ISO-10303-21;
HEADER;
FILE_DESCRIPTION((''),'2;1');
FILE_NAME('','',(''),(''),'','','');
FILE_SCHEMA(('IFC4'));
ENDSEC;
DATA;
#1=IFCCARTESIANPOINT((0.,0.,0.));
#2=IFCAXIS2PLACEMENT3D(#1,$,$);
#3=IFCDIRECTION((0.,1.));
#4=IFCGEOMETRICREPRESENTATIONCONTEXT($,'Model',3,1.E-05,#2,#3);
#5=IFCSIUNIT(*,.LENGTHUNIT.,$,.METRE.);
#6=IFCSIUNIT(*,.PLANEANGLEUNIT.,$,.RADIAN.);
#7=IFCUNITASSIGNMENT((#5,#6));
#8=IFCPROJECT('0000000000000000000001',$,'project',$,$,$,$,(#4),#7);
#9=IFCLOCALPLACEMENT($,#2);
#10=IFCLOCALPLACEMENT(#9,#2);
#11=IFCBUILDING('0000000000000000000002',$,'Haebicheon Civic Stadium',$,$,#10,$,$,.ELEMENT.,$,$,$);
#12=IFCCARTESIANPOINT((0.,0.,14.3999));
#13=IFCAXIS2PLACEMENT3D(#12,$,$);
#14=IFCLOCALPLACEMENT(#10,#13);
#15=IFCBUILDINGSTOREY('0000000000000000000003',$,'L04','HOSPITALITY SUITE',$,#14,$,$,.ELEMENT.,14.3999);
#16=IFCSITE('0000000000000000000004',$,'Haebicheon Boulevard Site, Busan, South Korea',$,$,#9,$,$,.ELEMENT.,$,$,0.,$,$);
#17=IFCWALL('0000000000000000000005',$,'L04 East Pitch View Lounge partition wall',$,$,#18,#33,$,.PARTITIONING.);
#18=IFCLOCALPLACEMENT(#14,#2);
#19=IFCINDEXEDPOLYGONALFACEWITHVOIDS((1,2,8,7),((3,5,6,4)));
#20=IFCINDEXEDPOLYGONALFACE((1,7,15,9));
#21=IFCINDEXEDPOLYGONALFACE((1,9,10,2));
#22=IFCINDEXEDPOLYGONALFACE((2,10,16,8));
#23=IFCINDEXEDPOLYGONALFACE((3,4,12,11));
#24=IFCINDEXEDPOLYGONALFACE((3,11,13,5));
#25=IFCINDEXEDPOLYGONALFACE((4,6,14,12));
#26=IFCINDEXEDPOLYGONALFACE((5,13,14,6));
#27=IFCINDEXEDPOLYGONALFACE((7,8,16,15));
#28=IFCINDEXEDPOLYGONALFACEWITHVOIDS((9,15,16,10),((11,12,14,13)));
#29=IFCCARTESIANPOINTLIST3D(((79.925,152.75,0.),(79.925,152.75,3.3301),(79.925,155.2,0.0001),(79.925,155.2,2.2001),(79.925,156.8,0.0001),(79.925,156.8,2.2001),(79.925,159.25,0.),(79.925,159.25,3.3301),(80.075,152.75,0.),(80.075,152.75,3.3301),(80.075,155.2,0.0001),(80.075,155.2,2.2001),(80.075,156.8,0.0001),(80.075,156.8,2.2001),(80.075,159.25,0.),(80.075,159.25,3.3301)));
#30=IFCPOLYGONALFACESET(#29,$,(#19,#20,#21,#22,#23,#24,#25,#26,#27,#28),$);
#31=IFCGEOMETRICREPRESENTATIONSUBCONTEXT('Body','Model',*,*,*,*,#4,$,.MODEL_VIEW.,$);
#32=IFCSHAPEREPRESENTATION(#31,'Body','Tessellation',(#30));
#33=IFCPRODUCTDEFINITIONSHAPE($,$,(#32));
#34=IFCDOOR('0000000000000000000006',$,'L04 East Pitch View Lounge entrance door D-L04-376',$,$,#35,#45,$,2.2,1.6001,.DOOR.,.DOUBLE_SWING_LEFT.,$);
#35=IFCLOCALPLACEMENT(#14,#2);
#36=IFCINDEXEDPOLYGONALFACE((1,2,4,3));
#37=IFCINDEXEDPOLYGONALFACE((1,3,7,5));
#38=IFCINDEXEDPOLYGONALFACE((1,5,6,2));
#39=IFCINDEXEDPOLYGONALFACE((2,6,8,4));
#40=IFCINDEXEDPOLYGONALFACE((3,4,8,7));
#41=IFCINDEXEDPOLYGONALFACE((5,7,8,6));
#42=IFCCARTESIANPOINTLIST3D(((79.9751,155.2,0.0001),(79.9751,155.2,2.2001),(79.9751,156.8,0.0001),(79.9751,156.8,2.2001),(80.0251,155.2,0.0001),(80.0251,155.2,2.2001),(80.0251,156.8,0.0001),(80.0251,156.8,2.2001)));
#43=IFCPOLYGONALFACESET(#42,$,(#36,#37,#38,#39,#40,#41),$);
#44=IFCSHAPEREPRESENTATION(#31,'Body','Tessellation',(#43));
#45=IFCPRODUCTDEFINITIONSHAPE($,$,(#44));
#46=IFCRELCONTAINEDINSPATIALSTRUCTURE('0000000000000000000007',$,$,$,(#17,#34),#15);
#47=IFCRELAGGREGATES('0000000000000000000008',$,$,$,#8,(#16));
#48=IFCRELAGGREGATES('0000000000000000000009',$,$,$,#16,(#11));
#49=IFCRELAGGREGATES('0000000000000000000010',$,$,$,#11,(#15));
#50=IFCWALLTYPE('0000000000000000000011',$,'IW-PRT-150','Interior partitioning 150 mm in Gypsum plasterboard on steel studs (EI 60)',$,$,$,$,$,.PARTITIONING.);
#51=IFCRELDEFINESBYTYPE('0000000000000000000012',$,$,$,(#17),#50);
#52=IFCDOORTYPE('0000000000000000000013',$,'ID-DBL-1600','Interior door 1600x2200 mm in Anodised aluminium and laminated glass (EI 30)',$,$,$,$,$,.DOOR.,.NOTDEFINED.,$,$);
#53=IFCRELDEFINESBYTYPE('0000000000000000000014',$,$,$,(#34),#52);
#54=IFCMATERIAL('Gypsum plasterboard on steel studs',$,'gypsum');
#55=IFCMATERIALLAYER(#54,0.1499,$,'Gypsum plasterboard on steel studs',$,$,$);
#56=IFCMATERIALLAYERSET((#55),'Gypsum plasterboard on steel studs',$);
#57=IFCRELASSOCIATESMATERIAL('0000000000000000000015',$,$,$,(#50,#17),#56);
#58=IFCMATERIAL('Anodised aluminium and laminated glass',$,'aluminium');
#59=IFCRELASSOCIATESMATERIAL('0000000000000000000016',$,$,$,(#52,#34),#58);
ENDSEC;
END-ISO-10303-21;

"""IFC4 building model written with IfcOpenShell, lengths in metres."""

from ifc_helpers import new_model, si_unit, direction, frame, frame_2d, origin, place, context, subcontext, project, spatial, rectangle, extrude, material, layer, layer_set, type_object, element, fill, save


model = new_model("IFC4")

# Units and contexts
model_context = context("Model", 3, precision=1e-05, world=origin(), true_north=direction((0.0, 1.0)))
body_context = subcontext(model_context, "Body", "Model", "MODEL_VIEW")
ifc_project = project(units=[si_unit("LENGTHUNIT", "METRE"), si_unit("PLANEANGLEUNIT", "RADIAN")], contexts=[model_context])

# Site, building, storey
site_placement = place(None, origin())
site = spatial("IfcSite", under=ifc_project, at=site_placement, Name="Haebicheon Boulevard Site, Busan, South Korea", CompositionType="ELEMENT", RefElevation=0.0)
building_placement = place(site_placement, origin())
building = spatial("IfcBuilding", under=site, at=building_placement, Name="Haebicheon Civic Stadium", CompositionType="ELEMENT")
storey_placement = place(building_placement, frame((0.0, 0.0, 14.3999)))
storey = spatial("IfcBuildingStorey", under=building, at=storey_placement, Name="L04", Description="HOSPITALITY SUITE", CompositionType="ELEMENT", Elevation=14.3999)

# Wall, opening, door
ifc_material_1 = material(Name="Gypsum plasterboard on steel studs", Category="gypsum")
ifc_layer_1 = layer(ifc_material_1, 0.1499, Name="Gypsum plasterboard on steel studs")
ifc_layer_set_1 = layer_set([ifc_layer_1], Name="Gypsum plasterboard on steel studs")
wall_type_1 = type_object("IfcWallType", Name="IW-PRT-150", Description="Interior partitioning 150 mm in Gypsum plasterboard on steel studs (EI 60)", PredefinedType="PARTITIONING", material=ifc_layer_set_1)
wall_1_placement = place(storey_placement, frame((80.0, 152.75, 0.0), z_axis=(0.0, 0.0, 1.0), x_axis=(0.0, 1.0, 0.0)))
wall_1 = element("IfcWall", 1, at=wall_1_placement, inside=storey, type_object=wall_type_1, material=ifc_layer_set_1, Name="L04 East Pitch View Lounge partition wall", PredefinedType="PARTITIONING", context=body_context, shape_type="SweptSolid", body=[
    extrude(rectangle(XDim=6.5, YDim=0.1499, at=frame_2d((3.25, 0.0))), origin(), (0.0, 0.0, 1.0), 3.3301),
])
opening_1_placement = place(wall_1_placement, frame((2.45, 0.0, 0.0)))
opening_1 = element("IfcOpeningElement", 2, at=opening_1_placement, cuts=wall_1, PredefinedType="OPENING", context=body_context, shape_type="SweptSolid", body=[
    extrude(rectangle(XDim=1.6001, YDim=2.2, at=frame_2d((0.8, 1.1001))), frame((0.0, 0.085, 0.0), z_axis=(0.0, -1.0, 0.0), x_axis=(1.0, 0.0, 0.0)), (0.0, 0.0, 1.0), 0.1699),
])
ifc_material_2 = material(Name="Anodised aluminium and laminated glass", Category="aluminium")
door_type_1 = type_object("IfcDoorType", Name="ID-DBL-1600", Description="Interior door 1600x2200 mm in Anodised aluminium and laminated glass (EI 30)", OperationType="NOTDEFINED", PredefinedType="DOOR", material=ifc_material_2)
door_1_placement = place(opening_1_placement, origin())
door_1 = element("IfcDoor", 3, at=door_1_placement, inside=storey, type_object=door_type_1, material=ifc_material_2, Name="L04 East Pitch View Lounge entrance door D-L04-376", OperationType="DOUBLE_SWING_LEFT", OverallHeight=2.2, OverallWidth=1.6001, PredefinedType="DOOR", context=body_context, shape_type="SweptSolid", body=[
    extrude(rectangle(XDim=1.6001, YDim=2.2, at=frame_2d((0.8, 1.1001))), frame((0.0, 0.0249, 0.0), z_axis=(0.0, -1.0, 0.0), x_axis=(1.0, 0.0, 0.0)), (0.0, 0.0, 1.0), 0.05),
])
fill(opening_1, door_1)

save(model, "model.ifc")
